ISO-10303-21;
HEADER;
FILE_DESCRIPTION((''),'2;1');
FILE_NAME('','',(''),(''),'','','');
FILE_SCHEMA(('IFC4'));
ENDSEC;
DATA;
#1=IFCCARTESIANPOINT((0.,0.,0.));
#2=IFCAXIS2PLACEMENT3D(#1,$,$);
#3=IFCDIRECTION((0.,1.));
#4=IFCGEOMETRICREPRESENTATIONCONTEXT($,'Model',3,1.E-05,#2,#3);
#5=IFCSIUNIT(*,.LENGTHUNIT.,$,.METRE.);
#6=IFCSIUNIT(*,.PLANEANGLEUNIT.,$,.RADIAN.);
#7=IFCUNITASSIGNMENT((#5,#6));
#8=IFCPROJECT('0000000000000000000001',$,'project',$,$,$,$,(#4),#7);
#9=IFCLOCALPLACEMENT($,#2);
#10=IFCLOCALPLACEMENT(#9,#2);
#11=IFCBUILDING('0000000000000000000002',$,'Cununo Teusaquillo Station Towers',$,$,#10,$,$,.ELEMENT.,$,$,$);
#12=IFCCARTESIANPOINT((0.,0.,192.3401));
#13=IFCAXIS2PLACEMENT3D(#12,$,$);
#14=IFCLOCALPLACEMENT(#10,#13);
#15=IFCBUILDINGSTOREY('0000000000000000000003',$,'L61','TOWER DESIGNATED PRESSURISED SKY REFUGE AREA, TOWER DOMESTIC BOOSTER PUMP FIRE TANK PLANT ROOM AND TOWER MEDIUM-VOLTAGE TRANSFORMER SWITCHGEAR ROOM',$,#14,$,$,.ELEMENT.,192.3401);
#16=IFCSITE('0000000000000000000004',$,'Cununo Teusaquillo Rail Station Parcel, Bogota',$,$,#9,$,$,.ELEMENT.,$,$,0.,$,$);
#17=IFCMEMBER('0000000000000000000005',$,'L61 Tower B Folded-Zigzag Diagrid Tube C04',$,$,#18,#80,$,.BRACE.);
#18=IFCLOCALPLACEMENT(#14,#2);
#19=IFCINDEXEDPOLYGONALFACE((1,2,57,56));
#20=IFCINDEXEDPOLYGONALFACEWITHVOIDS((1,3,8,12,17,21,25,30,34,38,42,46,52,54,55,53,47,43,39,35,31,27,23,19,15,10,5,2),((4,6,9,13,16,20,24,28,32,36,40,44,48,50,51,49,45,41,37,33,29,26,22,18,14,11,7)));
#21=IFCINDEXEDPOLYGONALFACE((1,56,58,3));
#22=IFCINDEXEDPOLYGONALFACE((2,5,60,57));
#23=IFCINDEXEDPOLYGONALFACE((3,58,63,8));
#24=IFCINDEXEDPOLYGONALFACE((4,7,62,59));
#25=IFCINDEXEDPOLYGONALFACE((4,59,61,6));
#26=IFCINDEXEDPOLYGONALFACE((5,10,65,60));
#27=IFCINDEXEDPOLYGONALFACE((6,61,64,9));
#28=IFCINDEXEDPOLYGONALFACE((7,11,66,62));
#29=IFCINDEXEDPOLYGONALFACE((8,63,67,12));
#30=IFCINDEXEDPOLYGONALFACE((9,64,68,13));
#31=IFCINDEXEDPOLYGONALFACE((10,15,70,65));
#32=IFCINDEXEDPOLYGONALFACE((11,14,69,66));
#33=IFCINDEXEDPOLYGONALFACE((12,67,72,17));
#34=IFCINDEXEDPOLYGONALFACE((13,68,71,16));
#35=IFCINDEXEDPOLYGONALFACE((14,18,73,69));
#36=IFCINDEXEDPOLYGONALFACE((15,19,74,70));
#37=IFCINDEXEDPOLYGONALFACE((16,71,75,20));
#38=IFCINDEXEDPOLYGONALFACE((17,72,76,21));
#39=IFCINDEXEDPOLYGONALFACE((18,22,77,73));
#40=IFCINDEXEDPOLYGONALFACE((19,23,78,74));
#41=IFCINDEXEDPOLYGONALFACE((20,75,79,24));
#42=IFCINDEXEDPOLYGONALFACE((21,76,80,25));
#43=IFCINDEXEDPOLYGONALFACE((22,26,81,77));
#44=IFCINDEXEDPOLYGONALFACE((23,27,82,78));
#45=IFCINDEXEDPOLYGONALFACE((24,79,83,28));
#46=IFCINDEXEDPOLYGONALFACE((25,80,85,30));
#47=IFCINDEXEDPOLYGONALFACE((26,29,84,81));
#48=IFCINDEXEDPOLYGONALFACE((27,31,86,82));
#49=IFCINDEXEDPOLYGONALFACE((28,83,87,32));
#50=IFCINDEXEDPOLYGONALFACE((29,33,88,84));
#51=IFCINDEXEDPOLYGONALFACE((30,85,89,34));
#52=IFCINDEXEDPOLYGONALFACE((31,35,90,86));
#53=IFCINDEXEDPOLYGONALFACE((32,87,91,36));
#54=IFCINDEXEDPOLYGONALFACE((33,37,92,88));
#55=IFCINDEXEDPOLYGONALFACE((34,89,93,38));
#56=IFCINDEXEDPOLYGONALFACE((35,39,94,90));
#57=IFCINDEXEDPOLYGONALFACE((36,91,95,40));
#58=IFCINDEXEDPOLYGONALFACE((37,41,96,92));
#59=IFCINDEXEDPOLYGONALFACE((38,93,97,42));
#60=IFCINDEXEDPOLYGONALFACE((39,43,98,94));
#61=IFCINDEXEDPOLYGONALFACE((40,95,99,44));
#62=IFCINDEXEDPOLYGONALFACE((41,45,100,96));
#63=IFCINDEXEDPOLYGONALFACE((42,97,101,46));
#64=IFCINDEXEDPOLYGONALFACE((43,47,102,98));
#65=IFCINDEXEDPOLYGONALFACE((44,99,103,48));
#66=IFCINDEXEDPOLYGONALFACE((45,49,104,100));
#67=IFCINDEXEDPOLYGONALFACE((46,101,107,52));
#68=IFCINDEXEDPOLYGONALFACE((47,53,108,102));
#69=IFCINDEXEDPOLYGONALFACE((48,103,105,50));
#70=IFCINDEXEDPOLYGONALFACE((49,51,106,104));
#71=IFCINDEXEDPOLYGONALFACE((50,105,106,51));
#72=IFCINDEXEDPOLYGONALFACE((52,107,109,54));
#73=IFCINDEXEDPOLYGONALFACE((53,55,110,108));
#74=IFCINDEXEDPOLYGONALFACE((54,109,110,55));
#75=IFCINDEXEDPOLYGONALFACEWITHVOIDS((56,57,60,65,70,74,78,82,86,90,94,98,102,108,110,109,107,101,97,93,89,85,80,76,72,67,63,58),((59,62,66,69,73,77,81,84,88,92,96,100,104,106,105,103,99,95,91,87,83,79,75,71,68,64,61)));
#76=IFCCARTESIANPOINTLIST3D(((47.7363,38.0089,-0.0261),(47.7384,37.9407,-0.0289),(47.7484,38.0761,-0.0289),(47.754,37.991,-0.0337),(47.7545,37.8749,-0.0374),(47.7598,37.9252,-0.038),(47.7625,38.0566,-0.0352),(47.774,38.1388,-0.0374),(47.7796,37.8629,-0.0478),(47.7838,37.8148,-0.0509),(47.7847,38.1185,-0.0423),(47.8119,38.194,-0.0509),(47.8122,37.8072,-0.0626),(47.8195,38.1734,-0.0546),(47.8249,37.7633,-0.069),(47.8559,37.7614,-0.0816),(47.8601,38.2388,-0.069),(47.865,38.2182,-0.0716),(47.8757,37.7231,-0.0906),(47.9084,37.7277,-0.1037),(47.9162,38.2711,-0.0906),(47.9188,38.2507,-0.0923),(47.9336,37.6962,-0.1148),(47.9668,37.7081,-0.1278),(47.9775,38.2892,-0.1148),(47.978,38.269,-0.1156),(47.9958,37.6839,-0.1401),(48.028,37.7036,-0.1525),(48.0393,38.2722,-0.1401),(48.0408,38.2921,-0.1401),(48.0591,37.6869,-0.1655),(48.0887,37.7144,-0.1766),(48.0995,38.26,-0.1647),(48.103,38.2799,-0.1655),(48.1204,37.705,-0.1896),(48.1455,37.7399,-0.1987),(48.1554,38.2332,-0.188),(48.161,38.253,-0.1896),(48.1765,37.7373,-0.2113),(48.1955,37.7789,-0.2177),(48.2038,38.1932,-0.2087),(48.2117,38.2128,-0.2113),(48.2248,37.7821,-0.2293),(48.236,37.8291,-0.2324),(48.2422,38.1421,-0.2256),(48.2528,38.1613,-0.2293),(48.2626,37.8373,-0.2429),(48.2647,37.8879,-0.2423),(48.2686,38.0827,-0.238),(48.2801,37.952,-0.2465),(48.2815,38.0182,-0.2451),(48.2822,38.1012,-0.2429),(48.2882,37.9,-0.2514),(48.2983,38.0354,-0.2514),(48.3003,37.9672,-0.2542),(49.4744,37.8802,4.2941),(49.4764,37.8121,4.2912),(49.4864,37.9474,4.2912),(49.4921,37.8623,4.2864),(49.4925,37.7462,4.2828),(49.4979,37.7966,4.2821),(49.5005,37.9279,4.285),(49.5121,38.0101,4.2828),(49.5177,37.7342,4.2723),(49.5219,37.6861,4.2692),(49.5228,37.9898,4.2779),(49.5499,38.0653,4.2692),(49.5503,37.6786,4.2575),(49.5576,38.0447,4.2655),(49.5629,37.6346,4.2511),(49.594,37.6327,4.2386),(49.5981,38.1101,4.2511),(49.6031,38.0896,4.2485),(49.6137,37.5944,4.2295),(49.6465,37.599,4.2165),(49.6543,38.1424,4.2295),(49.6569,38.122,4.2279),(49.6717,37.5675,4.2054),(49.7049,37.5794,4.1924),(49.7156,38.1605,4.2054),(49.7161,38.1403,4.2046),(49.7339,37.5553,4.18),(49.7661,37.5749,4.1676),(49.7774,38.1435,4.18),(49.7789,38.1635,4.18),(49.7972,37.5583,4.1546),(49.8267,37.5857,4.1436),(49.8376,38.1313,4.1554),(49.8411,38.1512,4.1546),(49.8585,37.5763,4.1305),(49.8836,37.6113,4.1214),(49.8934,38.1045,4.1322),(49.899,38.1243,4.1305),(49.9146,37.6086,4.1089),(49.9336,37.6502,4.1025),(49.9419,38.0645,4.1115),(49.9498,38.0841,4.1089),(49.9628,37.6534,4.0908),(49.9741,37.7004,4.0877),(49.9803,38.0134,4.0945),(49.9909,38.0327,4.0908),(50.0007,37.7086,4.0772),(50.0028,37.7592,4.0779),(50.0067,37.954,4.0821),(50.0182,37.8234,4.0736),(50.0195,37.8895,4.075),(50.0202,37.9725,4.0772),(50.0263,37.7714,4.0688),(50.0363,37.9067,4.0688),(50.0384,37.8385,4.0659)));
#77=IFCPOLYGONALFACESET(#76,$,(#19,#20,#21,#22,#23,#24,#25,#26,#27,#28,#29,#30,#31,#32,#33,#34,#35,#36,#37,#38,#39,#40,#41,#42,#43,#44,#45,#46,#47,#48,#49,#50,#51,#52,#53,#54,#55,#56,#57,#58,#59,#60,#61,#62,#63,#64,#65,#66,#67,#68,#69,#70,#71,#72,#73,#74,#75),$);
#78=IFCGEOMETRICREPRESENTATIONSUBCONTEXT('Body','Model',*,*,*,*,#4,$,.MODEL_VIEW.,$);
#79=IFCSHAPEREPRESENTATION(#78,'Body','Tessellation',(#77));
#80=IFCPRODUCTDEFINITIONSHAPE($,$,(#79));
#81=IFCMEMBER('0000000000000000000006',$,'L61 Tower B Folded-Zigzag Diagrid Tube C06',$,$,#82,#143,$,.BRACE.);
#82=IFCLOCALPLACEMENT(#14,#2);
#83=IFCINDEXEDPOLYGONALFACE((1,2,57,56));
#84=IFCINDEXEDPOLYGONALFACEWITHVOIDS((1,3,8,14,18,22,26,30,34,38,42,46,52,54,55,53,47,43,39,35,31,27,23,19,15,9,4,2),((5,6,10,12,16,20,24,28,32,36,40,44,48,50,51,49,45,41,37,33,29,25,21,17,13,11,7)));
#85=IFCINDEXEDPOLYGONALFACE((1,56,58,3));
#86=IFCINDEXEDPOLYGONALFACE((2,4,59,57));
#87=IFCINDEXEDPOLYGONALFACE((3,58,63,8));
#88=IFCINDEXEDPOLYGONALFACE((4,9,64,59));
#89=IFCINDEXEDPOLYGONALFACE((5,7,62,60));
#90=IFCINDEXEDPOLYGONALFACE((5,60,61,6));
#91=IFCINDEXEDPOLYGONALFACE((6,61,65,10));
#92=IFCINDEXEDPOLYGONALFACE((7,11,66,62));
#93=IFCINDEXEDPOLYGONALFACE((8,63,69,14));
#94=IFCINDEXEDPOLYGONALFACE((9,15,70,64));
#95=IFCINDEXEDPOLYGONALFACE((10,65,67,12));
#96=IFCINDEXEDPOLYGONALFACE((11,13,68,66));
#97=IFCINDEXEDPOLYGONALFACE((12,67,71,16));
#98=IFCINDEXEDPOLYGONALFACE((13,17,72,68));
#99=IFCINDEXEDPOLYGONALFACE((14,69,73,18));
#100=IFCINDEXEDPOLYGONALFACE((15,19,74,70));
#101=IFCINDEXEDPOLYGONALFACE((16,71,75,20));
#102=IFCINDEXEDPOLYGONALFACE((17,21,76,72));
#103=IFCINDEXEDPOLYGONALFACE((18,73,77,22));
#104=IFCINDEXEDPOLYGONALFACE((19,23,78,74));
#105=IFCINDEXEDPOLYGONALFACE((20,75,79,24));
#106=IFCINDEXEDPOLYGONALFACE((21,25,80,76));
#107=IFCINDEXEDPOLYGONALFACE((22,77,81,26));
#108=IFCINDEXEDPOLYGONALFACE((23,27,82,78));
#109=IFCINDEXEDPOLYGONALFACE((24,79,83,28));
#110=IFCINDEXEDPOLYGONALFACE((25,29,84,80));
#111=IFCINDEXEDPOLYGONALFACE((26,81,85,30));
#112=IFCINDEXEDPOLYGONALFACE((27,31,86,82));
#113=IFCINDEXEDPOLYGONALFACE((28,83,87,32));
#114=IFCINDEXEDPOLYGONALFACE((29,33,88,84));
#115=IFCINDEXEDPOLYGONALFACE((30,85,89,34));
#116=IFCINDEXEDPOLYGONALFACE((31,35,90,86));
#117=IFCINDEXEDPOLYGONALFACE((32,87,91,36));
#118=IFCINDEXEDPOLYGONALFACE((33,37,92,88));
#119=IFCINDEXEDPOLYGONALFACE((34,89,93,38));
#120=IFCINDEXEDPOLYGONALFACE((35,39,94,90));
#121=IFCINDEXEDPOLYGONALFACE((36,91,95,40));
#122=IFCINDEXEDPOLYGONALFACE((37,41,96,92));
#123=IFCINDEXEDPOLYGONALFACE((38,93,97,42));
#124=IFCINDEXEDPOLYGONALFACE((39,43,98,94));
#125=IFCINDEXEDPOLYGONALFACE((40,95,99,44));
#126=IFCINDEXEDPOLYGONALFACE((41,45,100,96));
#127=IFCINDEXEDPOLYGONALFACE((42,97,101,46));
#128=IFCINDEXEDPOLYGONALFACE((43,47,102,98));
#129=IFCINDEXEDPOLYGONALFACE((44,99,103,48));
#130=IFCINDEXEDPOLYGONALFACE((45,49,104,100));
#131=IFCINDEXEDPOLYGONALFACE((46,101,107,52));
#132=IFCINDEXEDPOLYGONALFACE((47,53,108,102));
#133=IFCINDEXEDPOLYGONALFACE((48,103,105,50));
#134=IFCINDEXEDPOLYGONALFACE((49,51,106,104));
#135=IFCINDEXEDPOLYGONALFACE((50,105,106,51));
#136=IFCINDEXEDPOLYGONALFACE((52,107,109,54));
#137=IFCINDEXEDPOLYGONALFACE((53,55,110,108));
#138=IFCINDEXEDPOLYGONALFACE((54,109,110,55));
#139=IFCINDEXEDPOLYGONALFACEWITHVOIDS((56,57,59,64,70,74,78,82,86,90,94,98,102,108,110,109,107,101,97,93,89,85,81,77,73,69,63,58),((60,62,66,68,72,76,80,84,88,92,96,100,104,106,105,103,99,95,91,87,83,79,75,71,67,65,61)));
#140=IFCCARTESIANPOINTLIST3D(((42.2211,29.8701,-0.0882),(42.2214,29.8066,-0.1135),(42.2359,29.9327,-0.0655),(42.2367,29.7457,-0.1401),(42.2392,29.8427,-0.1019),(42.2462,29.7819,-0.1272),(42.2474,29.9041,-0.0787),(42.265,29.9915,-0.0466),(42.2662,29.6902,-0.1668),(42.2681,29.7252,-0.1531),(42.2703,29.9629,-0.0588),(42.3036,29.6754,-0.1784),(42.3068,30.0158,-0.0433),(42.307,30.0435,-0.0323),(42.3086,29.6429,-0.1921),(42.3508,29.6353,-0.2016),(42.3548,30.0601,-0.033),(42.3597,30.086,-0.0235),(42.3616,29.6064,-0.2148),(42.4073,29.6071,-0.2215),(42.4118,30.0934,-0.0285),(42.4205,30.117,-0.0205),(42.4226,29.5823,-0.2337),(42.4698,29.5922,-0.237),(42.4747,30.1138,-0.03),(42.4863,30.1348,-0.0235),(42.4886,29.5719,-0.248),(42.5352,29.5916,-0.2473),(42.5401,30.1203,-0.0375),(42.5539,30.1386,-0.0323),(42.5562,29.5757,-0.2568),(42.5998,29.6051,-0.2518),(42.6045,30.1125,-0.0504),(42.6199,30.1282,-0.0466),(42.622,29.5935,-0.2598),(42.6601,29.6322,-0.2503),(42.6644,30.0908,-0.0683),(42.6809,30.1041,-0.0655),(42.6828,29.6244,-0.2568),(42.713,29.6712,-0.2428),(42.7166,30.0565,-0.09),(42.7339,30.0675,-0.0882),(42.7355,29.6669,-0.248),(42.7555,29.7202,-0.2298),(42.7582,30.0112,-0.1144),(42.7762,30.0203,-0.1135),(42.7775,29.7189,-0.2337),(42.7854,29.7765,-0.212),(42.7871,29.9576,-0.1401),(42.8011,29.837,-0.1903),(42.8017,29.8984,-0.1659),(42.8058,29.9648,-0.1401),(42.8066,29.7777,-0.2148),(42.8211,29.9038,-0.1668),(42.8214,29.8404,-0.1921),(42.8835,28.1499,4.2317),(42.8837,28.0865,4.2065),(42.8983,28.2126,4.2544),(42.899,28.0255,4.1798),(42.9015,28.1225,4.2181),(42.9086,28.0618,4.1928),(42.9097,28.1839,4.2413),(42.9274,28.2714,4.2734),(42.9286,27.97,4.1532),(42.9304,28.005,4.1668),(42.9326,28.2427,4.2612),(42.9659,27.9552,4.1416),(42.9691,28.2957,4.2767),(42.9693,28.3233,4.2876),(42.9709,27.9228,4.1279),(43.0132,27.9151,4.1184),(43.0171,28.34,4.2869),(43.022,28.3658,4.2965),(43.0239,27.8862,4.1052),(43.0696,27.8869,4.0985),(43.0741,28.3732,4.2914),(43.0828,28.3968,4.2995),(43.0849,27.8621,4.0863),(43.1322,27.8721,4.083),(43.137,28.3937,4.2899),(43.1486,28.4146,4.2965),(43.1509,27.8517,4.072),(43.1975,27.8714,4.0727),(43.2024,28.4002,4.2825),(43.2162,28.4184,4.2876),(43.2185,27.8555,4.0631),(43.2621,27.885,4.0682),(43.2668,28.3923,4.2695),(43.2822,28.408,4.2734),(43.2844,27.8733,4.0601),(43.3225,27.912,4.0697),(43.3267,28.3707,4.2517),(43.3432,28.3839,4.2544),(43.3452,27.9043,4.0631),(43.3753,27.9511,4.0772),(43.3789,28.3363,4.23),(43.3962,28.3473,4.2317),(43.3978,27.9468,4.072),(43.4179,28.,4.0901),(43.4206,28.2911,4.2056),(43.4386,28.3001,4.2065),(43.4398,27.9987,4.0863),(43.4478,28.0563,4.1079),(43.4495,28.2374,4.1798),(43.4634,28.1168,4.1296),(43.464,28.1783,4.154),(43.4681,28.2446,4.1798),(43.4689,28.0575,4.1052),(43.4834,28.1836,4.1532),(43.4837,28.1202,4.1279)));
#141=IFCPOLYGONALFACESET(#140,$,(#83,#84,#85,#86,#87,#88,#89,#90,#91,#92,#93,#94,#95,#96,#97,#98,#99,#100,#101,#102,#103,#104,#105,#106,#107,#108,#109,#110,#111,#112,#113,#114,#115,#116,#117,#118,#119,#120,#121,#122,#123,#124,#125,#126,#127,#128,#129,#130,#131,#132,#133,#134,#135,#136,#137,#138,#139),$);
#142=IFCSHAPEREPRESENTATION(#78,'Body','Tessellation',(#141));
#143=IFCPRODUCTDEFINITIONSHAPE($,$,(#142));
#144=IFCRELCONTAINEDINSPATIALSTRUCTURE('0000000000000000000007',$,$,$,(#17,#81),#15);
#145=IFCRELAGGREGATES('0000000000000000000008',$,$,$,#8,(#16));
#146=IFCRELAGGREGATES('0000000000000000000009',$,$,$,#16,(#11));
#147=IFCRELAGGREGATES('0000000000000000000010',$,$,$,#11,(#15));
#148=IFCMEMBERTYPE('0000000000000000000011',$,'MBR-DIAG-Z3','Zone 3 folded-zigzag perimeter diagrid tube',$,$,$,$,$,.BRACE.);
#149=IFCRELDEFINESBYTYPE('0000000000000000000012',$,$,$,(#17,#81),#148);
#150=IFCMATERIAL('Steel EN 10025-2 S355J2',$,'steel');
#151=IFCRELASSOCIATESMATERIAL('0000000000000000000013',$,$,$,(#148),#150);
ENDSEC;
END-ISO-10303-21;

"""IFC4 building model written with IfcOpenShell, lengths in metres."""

from ifc_helpers import new_model, si_unit, direction, frame, origin, origin_2d, place, context, subcontext, project, spatial, hollow_circle, extrude, material, material_profile, profile_set, type_object, element, save


model = new_model("IFC4")

# Units and contexts
model_context = context("Model", 3, precision=1e-05, world=origin(), true_north=direction((0.0, 1.0)))
body_context = subcontext(model_context, "Body", "Model", "MODEL_VIEW")
ifc_project = project(units=[si_unit("LENGTHUNIT", "METRE"), si_unit("PLANEANGLEUNIT", "RADIAN")], contexts=[model_context])

# Site, building, storey
site_placement = place(None, origin())
site = spatial("IfcSite", under=ifc_project, at=site_placement, Name="Cununo Teusaquillo Rail Station Parcel, Bogota", CompositionType="ELEMENT", RefElevation=0.0)
building_placement = place(site_placement, origin())
building = spatial("IfcBuilding", under=site, at=building_placement, Name="Cununo Teusaquillo Station Towers", CompositionType="ELEMENT")
storey_placement = place(building_placement, frame((0.0, 0.0, 192.3401)))
storey = spatial("IfcBuildingStorey", under=building, at=storey_placement, Name="L61", Description="TOWER DESIGNATED PRESSURISED SKY REFUGE AREA, TOWER DOMESTIC BOOSTER PUMP FIRE TANK PLANT ROOM AND TOWER MEDIUM-VOLTAGE TRANSFORMER SWITCHGEAR ROOM", CompositionType="ELEMENT", Elevation=192.3401)

# Members
ifc_material_1 = material(Name="Steel EN 10025-2 S355J2", Category="steel")
ifc_material_profile_1 = material_profile(ifc_material_1, hollow_circle(Radius=0.3049, WallThickness=0.02, at=origin_2d()), Name="CHS 610x20")
ifc_profile_set_1 = profile_set([ifc_material_profile_1], Name="Steel EN 10025-2 S355J2")
member_type_1 = type_object("IfcMemberType", Name="MBR-DIAG-Z3", Description="Zone 3 folded-zigzag perimeter diagrid tube", PredefinedType="BRACE", material=ifc_profile_set_1)
member_1_placement = place(storey_placement, frame((48.0183, 37.988, -0.1401), z_axis=(0.373101, -0.02762, 0.92738), x_axis=(0.073825, 0.997271, 0.0)))
element("IfcMember", 1, at=member_1_placement, inside=storey, type_object=member_type_1, Name="L61 Tower B Folded-Zigzag Diagrid Tube C04", PredefinedType="BRACE", context=body_context, shape_type="SweptSolid", body=[
    extrude(hollow_circle(Radius=0.3049, WallThickness=0.02, at=origin_2d()), origin(), (0.0, 0.0, 1.0), 4.6584),
])
member_2_placement = place(storey_placement, frame((42.5212, 29.8552, -0.1401), z_axis=(0.141019, -0.366245, 0.919771), x_axis=(0.933212, 0.359325, 0.0)))
element("IfcMember", 2, at=member_2_placement, inside=storey, type_object=member_type_1, Name="L61 Tower B Folded-Zigzag Diagrid Tube C06", PredefinedType="BRACE", context=body_context, shape_type="SweptSolid", body=[
    extrude(hollow_circle(Radius=0.3049, WallThickness=0.02, at=origin_2d()), origin(), (0.0, 0.0, 1.0), 4.6968),
])

save(model, "model.ifc")
